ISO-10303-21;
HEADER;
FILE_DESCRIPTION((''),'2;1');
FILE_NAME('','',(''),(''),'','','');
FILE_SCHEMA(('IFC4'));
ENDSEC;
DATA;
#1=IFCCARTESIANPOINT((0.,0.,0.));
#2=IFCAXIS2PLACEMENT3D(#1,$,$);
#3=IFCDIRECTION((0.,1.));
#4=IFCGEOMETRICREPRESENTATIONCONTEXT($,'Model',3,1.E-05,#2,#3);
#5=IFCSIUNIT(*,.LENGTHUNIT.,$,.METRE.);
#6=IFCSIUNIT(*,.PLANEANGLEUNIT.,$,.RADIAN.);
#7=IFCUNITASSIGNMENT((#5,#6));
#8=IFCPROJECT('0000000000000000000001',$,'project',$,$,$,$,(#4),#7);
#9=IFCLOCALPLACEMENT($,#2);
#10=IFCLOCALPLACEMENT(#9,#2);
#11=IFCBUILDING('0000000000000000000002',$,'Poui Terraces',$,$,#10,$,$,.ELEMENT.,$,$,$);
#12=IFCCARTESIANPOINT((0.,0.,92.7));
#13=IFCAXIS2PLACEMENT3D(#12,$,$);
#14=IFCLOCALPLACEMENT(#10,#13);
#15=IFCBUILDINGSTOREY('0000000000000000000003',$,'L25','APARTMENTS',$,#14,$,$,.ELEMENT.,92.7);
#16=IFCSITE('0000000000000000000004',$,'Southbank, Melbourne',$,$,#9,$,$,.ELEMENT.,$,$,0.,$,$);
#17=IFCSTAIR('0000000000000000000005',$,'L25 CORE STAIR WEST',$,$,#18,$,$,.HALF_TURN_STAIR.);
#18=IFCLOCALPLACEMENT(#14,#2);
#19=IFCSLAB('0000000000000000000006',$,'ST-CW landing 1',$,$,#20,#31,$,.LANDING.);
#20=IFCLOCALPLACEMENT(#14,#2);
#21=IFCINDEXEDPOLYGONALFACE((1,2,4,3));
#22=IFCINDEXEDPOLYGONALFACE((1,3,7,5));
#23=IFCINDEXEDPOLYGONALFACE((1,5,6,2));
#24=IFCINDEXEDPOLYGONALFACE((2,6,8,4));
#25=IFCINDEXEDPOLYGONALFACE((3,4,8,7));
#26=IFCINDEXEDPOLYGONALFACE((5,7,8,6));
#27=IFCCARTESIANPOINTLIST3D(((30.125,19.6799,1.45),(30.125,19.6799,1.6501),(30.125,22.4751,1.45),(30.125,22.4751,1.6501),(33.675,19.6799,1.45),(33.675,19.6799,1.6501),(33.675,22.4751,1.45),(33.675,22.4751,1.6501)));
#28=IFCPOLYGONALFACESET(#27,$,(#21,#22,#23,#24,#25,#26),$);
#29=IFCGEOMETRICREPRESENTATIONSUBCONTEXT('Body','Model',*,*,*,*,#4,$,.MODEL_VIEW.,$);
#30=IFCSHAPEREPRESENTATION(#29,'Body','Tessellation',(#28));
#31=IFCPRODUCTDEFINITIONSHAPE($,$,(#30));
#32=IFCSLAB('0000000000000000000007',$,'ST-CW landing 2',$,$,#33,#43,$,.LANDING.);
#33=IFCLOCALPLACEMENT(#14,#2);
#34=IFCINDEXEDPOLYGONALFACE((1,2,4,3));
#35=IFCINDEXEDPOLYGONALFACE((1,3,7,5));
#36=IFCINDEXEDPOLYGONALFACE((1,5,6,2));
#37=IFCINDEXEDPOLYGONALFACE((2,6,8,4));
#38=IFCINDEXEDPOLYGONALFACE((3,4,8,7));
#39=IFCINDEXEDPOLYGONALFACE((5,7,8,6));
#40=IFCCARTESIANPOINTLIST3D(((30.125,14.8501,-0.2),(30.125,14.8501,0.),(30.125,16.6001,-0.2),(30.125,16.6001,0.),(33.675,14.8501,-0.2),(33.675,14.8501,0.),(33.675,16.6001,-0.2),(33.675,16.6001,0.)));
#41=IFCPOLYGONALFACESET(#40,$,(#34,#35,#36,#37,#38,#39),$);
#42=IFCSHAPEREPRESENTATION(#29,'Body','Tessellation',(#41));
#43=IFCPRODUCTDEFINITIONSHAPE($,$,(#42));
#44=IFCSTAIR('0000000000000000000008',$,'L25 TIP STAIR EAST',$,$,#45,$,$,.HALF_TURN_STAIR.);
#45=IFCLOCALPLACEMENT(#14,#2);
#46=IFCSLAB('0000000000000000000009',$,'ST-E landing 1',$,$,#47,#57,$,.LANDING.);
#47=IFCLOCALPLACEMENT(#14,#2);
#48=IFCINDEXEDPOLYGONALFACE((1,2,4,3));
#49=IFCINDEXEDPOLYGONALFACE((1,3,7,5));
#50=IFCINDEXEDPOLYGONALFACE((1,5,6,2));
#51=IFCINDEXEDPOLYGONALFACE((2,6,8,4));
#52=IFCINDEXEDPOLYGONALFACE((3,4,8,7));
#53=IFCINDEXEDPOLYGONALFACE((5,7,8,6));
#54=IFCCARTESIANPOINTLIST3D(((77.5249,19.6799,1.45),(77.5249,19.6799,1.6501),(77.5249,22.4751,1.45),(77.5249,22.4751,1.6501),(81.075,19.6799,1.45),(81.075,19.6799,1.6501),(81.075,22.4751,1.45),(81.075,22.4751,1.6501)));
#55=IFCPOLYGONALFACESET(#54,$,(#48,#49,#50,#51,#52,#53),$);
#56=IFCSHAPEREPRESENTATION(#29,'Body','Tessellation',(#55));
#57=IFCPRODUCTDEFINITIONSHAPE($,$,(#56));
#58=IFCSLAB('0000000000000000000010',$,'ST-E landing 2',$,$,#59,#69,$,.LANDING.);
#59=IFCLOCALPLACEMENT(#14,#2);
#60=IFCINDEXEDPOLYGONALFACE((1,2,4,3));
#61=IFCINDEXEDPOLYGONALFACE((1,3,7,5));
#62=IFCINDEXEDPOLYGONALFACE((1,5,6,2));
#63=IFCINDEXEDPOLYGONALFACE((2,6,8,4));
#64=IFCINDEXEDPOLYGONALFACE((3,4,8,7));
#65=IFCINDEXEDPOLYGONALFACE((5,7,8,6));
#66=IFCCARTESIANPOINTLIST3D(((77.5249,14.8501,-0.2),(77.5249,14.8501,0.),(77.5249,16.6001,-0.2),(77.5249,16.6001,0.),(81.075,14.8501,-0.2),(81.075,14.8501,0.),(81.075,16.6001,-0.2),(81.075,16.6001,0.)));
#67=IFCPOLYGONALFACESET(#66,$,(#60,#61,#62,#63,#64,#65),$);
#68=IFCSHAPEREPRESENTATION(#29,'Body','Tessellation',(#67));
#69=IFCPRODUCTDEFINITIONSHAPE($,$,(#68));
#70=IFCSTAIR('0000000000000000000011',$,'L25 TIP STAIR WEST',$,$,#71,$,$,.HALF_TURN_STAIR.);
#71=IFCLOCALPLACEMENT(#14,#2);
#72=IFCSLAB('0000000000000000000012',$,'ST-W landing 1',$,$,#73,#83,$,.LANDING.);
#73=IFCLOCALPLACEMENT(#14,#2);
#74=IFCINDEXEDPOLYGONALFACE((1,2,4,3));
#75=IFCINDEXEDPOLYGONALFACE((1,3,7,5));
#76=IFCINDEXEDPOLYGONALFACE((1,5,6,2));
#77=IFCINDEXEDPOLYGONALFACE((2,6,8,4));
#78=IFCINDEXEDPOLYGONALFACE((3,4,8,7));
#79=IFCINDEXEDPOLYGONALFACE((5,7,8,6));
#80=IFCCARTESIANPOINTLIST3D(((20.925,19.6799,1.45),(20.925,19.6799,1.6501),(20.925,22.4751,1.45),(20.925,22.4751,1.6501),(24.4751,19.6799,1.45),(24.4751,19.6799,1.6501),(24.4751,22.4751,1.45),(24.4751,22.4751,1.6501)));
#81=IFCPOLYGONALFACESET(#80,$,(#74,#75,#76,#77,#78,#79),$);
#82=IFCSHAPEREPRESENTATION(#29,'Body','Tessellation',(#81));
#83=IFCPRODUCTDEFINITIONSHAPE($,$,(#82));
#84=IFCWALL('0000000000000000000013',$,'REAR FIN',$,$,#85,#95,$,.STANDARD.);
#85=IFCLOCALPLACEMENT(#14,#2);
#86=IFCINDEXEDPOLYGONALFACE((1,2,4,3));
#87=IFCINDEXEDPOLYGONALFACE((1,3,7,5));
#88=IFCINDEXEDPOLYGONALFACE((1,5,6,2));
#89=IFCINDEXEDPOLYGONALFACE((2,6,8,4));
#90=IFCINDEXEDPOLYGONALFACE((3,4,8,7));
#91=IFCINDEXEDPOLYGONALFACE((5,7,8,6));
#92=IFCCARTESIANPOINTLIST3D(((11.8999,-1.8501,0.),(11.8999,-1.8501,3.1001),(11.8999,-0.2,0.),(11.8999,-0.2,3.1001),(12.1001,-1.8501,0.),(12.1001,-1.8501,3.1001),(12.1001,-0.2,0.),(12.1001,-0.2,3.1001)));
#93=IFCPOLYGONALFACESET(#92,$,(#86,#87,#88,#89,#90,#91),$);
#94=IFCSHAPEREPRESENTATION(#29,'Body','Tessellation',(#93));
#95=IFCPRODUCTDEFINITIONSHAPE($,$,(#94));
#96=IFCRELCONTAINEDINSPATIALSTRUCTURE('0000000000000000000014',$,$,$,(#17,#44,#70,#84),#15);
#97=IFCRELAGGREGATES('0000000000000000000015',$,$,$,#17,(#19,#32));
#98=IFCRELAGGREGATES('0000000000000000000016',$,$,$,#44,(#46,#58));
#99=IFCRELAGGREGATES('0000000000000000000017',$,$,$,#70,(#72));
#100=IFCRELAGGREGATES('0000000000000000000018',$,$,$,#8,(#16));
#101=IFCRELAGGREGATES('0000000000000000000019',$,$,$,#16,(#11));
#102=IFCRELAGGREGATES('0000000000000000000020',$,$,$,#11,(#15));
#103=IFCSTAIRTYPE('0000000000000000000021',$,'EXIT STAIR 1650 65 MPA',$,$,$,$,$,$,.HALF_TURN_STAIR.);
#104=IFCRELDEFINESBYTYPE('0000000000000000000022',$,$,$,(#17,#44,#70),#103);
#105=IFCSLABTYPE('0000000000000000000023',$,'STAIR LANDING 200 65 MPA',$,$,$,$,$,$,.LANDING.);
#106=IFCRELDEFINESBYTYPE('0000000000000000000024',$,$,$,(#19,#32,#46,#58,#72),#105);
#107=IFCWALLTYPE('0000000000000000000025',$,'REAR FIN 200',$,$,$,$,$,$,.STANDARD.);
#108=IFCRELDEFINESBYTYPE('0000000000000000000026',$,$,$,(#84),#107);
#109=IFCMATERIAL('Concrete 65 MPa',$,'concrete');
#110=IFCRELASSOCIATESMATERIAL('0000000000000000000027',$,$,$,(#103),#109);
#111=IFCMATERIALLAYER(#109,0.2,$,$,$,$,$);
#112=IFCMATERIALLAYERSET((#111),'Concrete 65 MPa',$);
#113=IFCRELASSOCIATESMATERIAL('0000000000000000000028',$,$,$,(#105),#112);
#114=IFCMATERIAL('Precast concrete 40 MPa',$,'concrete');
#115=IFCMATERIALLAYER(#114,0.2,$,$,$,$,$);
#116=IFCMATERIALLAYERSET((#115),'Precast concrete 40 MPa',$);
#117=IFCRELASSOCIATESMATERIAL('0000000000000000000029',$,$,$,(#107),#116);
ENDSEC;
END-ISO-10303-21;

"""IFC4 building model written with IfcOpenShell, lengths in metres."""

from ifc_helpers import new_model, si_unit, direction, frame, origin, place, context, subcontext, project, spatial, polyline, outline, extrude, source, transform, mapped, material, layer, layer_set, type_object, element, aggregate, save


model = new_model("IFC4")

# Units and contexts
model_context = context("Model", 3, precision=1e-05, world=origin(), true_north=direction((0.0, 1.0)))
body_context = subcontext(model_context, "Body", "Model", "MODEL_VIEW")
ifc_project = project(units=[si_unit("LENGTHUNIT", "METRE"), si_unit("PLANEANGLEUNIT", "RADIAN")], contexts=[model_context])

# Site, building, storey
site_placement = place(None, origin())
site = spatial("IfcSite", under=ifc_project, at=site_placement, Name="Southbank, Melbourne", CompositionType="ELEMENT", RefElevation=0.0)
building_placement = place(site_placement, origin())
building = spatial("IfcBuilding", under=site, at=building_placement, Name="Poui Terraces", CompositionType="ELEMENT")
storey_placement = place(building_placement, frame((0.0, 0.0, 92.7)))
storey = spatial("IfcBuildingStorey", under=building, at=storey_placement, Name="L25", Description="APARTMENTS", CompositionType="ELEMENT", Elevation=92.7)

# Stairs, slabs
ifc_material_1 = material(Name="Concrete 65 MPa", Category="concrete")
stair_type = type_object("IfcStairType", Name="EXIT STAIR 1650 65 MPA", PredefinedType="HALF_TURN_STAIR", material=ifc_material_1)
stair_1_placement = place(storey_placement, origin())
stair_1 = element("IfcStair", 1, at=stair_1_placement, inside=storey, type_object=stair_type, Name="L25 CORE STAIR WEST", PredefinedType="HALF_TURN_STAIR")
ifc_layer_1 = layer(ifc_material_1, 0.2)
ifc_layer_set_1 = layer_set([ifc_layer_1], Name="Concrete 65 MPa")
slab_type = type_object("IfcSlabType", Name="STAIR LANDING 200 65 MPA", PredefinedType="LANDING", material=ifc_layer_set_1)
slab_1_placement = place(storey_placement, frame((0.0, 0.0, 1.45)))
slab_1 = element("IfcSlab", 2, at=slab_1_placement, type_object=slab_type, Name="ST-CW landing 1", PredefinedType="LANDING", context=body_context, shape_type="SweptSolid", body=[
    extrude(outline(polyline([(30.125, 19.6799), (33.675, 19.6799), (33.675, 22.4751), (30.125, 22.4751), (30.125, 19.6799)])), origin(), (0.0, 0.0, 1.0), 0.2002),
])
slab_2_placement = place(storey_placement, frame((0.0, 0.0, -0.2)))
slab_2 = element("IfcSlab", 3, at=slab_2_placement, type_object=slab_type, Name="ST-CW landing 2", PredefinedType="LANDING", context=body_context, shape_type="SweptSolid", body=[
    extrude(outline(polyline([(30.125, 14.8501), (33.675, 14.8501), (33.675, 16.6001), (30.125, 16.6001), (30.125, 14.8501)])), origin(), (0.0, 0.0, 1.0), 0.2),
])
aggregate(stair_1, [slab_1, slab_2])
stair_2_placement = place(storey_placement, origin())
stair_2 = element("IfcStair", 4, at=stair_2_placement, inside=storey, type_object=stair_type, Name="L25 TIP STAIR EAST", PredefinedType="HALF_TURN_STAIR")
slab_3_placement = place(storey_placement, frame((0.0, 0.0, 1.45)))
slab_3 = element("IfcSlab", 5, at=slab_3_placement, type_object=slab_type, Name="ST-E landing 1", PredefinedType="LANDING", context=body_context, shape_type="SweptSolid", body=[
    extrude(outline(polyline([(77.5249, 19.6799), (81.075, 19.6799), (81.075, 22.4751), (77.5249, 22.4751), (77.5249, 19.6799)])), origin(), (0.0, 0.0, 1.0), 0.2002),
])
slab_4_placement = place(storey_placement, frame((0.0, 0.0, -0.2)))
slab_4 = element("IfcSlab", 6, at=slab_4_placement, type_object=slab_type, Name="ST-E landing 2", PredefinedType="LANDING", context=body_context, shape_type="SweptSolid", body=[
    extrude(outline(polyline([(77.5249, 14.8501), (81.075, 14.8501), (81.075, 16.6001), (77.5249, 16.6001), (77.5249, 14.8501)])), origin(), (0.0, 0.0, 1.0), 0.2),
])
aggregate(stair_2, [slab_3, slab_4])

# Stair, slab
stair_3_placement = place(storey_placement, origin())
stair_3 = element("IfcStair", 7, at=stair_3_placement, inside=storey, type_object=stair_type, Name="L25 TIP STAIR WEST", PredefinedType="HALF_TURN_STAIR")
slab_5_placement = place(storey_placement, frame((0.0, 0.0, 1.45)))
slab_5 = element("IfcSlab", 8, at=slab_5_placement, type_object=slab_type, Name="ST-W landing 1", PredefinedType="LANDING", context=body_context, shape_type="SweptSolid", body=[
    extrude(outline(polyline([(20.925, 19.6799), (24.4751, 19.6799), (24.4751, 22.4751), (20.925, 22.4751), (20.925, 19.6799)])), origin(), (0.0, 0.0, 1.0), 0.2002),
])
aggregate(stair_3, [slab_5])

# Wall
ifc_material_2 = material(Name="Precast concrete 40 MPa", Category="concrete")
ifc_layer_2 = layer(ifc_material_2, 0.2)
ifc_layer_set_2 = layer_set([ifc_layer_2], Name="Precast concrete 40 MPa")
wall_type = type_object("IfcWallType", Name="REAR FIN 200", PredefinedType="STANDARD", material=ifc_layer_set_2)
shared_shape = source(origin(), body_context, "Body", "SweptSolid", [
    extrude(outline(polyline([(0.0, 0.0), (0.2002, 0.0), (0.2002, 1.6501), (0.0, 1.6501), (0.0, 0.0)])), origin(), (0.0, 0.0, 1.0), 3.1001),
])
wall_placement = place(storey_placement, frame((11.8999, -1.8501, 0.0)))
element("IfcWall", 9, at=wall_placement, inside=storey, type_object=wall_type, Name="REAR FIN", PredefinedType="STANDARD", context=body_context, shape_type="MappedRepresentation", body=[
    mapped(shared_shape, transform((0.0, 0.0, 0.0))),
])

save(model, "model.ifc")
